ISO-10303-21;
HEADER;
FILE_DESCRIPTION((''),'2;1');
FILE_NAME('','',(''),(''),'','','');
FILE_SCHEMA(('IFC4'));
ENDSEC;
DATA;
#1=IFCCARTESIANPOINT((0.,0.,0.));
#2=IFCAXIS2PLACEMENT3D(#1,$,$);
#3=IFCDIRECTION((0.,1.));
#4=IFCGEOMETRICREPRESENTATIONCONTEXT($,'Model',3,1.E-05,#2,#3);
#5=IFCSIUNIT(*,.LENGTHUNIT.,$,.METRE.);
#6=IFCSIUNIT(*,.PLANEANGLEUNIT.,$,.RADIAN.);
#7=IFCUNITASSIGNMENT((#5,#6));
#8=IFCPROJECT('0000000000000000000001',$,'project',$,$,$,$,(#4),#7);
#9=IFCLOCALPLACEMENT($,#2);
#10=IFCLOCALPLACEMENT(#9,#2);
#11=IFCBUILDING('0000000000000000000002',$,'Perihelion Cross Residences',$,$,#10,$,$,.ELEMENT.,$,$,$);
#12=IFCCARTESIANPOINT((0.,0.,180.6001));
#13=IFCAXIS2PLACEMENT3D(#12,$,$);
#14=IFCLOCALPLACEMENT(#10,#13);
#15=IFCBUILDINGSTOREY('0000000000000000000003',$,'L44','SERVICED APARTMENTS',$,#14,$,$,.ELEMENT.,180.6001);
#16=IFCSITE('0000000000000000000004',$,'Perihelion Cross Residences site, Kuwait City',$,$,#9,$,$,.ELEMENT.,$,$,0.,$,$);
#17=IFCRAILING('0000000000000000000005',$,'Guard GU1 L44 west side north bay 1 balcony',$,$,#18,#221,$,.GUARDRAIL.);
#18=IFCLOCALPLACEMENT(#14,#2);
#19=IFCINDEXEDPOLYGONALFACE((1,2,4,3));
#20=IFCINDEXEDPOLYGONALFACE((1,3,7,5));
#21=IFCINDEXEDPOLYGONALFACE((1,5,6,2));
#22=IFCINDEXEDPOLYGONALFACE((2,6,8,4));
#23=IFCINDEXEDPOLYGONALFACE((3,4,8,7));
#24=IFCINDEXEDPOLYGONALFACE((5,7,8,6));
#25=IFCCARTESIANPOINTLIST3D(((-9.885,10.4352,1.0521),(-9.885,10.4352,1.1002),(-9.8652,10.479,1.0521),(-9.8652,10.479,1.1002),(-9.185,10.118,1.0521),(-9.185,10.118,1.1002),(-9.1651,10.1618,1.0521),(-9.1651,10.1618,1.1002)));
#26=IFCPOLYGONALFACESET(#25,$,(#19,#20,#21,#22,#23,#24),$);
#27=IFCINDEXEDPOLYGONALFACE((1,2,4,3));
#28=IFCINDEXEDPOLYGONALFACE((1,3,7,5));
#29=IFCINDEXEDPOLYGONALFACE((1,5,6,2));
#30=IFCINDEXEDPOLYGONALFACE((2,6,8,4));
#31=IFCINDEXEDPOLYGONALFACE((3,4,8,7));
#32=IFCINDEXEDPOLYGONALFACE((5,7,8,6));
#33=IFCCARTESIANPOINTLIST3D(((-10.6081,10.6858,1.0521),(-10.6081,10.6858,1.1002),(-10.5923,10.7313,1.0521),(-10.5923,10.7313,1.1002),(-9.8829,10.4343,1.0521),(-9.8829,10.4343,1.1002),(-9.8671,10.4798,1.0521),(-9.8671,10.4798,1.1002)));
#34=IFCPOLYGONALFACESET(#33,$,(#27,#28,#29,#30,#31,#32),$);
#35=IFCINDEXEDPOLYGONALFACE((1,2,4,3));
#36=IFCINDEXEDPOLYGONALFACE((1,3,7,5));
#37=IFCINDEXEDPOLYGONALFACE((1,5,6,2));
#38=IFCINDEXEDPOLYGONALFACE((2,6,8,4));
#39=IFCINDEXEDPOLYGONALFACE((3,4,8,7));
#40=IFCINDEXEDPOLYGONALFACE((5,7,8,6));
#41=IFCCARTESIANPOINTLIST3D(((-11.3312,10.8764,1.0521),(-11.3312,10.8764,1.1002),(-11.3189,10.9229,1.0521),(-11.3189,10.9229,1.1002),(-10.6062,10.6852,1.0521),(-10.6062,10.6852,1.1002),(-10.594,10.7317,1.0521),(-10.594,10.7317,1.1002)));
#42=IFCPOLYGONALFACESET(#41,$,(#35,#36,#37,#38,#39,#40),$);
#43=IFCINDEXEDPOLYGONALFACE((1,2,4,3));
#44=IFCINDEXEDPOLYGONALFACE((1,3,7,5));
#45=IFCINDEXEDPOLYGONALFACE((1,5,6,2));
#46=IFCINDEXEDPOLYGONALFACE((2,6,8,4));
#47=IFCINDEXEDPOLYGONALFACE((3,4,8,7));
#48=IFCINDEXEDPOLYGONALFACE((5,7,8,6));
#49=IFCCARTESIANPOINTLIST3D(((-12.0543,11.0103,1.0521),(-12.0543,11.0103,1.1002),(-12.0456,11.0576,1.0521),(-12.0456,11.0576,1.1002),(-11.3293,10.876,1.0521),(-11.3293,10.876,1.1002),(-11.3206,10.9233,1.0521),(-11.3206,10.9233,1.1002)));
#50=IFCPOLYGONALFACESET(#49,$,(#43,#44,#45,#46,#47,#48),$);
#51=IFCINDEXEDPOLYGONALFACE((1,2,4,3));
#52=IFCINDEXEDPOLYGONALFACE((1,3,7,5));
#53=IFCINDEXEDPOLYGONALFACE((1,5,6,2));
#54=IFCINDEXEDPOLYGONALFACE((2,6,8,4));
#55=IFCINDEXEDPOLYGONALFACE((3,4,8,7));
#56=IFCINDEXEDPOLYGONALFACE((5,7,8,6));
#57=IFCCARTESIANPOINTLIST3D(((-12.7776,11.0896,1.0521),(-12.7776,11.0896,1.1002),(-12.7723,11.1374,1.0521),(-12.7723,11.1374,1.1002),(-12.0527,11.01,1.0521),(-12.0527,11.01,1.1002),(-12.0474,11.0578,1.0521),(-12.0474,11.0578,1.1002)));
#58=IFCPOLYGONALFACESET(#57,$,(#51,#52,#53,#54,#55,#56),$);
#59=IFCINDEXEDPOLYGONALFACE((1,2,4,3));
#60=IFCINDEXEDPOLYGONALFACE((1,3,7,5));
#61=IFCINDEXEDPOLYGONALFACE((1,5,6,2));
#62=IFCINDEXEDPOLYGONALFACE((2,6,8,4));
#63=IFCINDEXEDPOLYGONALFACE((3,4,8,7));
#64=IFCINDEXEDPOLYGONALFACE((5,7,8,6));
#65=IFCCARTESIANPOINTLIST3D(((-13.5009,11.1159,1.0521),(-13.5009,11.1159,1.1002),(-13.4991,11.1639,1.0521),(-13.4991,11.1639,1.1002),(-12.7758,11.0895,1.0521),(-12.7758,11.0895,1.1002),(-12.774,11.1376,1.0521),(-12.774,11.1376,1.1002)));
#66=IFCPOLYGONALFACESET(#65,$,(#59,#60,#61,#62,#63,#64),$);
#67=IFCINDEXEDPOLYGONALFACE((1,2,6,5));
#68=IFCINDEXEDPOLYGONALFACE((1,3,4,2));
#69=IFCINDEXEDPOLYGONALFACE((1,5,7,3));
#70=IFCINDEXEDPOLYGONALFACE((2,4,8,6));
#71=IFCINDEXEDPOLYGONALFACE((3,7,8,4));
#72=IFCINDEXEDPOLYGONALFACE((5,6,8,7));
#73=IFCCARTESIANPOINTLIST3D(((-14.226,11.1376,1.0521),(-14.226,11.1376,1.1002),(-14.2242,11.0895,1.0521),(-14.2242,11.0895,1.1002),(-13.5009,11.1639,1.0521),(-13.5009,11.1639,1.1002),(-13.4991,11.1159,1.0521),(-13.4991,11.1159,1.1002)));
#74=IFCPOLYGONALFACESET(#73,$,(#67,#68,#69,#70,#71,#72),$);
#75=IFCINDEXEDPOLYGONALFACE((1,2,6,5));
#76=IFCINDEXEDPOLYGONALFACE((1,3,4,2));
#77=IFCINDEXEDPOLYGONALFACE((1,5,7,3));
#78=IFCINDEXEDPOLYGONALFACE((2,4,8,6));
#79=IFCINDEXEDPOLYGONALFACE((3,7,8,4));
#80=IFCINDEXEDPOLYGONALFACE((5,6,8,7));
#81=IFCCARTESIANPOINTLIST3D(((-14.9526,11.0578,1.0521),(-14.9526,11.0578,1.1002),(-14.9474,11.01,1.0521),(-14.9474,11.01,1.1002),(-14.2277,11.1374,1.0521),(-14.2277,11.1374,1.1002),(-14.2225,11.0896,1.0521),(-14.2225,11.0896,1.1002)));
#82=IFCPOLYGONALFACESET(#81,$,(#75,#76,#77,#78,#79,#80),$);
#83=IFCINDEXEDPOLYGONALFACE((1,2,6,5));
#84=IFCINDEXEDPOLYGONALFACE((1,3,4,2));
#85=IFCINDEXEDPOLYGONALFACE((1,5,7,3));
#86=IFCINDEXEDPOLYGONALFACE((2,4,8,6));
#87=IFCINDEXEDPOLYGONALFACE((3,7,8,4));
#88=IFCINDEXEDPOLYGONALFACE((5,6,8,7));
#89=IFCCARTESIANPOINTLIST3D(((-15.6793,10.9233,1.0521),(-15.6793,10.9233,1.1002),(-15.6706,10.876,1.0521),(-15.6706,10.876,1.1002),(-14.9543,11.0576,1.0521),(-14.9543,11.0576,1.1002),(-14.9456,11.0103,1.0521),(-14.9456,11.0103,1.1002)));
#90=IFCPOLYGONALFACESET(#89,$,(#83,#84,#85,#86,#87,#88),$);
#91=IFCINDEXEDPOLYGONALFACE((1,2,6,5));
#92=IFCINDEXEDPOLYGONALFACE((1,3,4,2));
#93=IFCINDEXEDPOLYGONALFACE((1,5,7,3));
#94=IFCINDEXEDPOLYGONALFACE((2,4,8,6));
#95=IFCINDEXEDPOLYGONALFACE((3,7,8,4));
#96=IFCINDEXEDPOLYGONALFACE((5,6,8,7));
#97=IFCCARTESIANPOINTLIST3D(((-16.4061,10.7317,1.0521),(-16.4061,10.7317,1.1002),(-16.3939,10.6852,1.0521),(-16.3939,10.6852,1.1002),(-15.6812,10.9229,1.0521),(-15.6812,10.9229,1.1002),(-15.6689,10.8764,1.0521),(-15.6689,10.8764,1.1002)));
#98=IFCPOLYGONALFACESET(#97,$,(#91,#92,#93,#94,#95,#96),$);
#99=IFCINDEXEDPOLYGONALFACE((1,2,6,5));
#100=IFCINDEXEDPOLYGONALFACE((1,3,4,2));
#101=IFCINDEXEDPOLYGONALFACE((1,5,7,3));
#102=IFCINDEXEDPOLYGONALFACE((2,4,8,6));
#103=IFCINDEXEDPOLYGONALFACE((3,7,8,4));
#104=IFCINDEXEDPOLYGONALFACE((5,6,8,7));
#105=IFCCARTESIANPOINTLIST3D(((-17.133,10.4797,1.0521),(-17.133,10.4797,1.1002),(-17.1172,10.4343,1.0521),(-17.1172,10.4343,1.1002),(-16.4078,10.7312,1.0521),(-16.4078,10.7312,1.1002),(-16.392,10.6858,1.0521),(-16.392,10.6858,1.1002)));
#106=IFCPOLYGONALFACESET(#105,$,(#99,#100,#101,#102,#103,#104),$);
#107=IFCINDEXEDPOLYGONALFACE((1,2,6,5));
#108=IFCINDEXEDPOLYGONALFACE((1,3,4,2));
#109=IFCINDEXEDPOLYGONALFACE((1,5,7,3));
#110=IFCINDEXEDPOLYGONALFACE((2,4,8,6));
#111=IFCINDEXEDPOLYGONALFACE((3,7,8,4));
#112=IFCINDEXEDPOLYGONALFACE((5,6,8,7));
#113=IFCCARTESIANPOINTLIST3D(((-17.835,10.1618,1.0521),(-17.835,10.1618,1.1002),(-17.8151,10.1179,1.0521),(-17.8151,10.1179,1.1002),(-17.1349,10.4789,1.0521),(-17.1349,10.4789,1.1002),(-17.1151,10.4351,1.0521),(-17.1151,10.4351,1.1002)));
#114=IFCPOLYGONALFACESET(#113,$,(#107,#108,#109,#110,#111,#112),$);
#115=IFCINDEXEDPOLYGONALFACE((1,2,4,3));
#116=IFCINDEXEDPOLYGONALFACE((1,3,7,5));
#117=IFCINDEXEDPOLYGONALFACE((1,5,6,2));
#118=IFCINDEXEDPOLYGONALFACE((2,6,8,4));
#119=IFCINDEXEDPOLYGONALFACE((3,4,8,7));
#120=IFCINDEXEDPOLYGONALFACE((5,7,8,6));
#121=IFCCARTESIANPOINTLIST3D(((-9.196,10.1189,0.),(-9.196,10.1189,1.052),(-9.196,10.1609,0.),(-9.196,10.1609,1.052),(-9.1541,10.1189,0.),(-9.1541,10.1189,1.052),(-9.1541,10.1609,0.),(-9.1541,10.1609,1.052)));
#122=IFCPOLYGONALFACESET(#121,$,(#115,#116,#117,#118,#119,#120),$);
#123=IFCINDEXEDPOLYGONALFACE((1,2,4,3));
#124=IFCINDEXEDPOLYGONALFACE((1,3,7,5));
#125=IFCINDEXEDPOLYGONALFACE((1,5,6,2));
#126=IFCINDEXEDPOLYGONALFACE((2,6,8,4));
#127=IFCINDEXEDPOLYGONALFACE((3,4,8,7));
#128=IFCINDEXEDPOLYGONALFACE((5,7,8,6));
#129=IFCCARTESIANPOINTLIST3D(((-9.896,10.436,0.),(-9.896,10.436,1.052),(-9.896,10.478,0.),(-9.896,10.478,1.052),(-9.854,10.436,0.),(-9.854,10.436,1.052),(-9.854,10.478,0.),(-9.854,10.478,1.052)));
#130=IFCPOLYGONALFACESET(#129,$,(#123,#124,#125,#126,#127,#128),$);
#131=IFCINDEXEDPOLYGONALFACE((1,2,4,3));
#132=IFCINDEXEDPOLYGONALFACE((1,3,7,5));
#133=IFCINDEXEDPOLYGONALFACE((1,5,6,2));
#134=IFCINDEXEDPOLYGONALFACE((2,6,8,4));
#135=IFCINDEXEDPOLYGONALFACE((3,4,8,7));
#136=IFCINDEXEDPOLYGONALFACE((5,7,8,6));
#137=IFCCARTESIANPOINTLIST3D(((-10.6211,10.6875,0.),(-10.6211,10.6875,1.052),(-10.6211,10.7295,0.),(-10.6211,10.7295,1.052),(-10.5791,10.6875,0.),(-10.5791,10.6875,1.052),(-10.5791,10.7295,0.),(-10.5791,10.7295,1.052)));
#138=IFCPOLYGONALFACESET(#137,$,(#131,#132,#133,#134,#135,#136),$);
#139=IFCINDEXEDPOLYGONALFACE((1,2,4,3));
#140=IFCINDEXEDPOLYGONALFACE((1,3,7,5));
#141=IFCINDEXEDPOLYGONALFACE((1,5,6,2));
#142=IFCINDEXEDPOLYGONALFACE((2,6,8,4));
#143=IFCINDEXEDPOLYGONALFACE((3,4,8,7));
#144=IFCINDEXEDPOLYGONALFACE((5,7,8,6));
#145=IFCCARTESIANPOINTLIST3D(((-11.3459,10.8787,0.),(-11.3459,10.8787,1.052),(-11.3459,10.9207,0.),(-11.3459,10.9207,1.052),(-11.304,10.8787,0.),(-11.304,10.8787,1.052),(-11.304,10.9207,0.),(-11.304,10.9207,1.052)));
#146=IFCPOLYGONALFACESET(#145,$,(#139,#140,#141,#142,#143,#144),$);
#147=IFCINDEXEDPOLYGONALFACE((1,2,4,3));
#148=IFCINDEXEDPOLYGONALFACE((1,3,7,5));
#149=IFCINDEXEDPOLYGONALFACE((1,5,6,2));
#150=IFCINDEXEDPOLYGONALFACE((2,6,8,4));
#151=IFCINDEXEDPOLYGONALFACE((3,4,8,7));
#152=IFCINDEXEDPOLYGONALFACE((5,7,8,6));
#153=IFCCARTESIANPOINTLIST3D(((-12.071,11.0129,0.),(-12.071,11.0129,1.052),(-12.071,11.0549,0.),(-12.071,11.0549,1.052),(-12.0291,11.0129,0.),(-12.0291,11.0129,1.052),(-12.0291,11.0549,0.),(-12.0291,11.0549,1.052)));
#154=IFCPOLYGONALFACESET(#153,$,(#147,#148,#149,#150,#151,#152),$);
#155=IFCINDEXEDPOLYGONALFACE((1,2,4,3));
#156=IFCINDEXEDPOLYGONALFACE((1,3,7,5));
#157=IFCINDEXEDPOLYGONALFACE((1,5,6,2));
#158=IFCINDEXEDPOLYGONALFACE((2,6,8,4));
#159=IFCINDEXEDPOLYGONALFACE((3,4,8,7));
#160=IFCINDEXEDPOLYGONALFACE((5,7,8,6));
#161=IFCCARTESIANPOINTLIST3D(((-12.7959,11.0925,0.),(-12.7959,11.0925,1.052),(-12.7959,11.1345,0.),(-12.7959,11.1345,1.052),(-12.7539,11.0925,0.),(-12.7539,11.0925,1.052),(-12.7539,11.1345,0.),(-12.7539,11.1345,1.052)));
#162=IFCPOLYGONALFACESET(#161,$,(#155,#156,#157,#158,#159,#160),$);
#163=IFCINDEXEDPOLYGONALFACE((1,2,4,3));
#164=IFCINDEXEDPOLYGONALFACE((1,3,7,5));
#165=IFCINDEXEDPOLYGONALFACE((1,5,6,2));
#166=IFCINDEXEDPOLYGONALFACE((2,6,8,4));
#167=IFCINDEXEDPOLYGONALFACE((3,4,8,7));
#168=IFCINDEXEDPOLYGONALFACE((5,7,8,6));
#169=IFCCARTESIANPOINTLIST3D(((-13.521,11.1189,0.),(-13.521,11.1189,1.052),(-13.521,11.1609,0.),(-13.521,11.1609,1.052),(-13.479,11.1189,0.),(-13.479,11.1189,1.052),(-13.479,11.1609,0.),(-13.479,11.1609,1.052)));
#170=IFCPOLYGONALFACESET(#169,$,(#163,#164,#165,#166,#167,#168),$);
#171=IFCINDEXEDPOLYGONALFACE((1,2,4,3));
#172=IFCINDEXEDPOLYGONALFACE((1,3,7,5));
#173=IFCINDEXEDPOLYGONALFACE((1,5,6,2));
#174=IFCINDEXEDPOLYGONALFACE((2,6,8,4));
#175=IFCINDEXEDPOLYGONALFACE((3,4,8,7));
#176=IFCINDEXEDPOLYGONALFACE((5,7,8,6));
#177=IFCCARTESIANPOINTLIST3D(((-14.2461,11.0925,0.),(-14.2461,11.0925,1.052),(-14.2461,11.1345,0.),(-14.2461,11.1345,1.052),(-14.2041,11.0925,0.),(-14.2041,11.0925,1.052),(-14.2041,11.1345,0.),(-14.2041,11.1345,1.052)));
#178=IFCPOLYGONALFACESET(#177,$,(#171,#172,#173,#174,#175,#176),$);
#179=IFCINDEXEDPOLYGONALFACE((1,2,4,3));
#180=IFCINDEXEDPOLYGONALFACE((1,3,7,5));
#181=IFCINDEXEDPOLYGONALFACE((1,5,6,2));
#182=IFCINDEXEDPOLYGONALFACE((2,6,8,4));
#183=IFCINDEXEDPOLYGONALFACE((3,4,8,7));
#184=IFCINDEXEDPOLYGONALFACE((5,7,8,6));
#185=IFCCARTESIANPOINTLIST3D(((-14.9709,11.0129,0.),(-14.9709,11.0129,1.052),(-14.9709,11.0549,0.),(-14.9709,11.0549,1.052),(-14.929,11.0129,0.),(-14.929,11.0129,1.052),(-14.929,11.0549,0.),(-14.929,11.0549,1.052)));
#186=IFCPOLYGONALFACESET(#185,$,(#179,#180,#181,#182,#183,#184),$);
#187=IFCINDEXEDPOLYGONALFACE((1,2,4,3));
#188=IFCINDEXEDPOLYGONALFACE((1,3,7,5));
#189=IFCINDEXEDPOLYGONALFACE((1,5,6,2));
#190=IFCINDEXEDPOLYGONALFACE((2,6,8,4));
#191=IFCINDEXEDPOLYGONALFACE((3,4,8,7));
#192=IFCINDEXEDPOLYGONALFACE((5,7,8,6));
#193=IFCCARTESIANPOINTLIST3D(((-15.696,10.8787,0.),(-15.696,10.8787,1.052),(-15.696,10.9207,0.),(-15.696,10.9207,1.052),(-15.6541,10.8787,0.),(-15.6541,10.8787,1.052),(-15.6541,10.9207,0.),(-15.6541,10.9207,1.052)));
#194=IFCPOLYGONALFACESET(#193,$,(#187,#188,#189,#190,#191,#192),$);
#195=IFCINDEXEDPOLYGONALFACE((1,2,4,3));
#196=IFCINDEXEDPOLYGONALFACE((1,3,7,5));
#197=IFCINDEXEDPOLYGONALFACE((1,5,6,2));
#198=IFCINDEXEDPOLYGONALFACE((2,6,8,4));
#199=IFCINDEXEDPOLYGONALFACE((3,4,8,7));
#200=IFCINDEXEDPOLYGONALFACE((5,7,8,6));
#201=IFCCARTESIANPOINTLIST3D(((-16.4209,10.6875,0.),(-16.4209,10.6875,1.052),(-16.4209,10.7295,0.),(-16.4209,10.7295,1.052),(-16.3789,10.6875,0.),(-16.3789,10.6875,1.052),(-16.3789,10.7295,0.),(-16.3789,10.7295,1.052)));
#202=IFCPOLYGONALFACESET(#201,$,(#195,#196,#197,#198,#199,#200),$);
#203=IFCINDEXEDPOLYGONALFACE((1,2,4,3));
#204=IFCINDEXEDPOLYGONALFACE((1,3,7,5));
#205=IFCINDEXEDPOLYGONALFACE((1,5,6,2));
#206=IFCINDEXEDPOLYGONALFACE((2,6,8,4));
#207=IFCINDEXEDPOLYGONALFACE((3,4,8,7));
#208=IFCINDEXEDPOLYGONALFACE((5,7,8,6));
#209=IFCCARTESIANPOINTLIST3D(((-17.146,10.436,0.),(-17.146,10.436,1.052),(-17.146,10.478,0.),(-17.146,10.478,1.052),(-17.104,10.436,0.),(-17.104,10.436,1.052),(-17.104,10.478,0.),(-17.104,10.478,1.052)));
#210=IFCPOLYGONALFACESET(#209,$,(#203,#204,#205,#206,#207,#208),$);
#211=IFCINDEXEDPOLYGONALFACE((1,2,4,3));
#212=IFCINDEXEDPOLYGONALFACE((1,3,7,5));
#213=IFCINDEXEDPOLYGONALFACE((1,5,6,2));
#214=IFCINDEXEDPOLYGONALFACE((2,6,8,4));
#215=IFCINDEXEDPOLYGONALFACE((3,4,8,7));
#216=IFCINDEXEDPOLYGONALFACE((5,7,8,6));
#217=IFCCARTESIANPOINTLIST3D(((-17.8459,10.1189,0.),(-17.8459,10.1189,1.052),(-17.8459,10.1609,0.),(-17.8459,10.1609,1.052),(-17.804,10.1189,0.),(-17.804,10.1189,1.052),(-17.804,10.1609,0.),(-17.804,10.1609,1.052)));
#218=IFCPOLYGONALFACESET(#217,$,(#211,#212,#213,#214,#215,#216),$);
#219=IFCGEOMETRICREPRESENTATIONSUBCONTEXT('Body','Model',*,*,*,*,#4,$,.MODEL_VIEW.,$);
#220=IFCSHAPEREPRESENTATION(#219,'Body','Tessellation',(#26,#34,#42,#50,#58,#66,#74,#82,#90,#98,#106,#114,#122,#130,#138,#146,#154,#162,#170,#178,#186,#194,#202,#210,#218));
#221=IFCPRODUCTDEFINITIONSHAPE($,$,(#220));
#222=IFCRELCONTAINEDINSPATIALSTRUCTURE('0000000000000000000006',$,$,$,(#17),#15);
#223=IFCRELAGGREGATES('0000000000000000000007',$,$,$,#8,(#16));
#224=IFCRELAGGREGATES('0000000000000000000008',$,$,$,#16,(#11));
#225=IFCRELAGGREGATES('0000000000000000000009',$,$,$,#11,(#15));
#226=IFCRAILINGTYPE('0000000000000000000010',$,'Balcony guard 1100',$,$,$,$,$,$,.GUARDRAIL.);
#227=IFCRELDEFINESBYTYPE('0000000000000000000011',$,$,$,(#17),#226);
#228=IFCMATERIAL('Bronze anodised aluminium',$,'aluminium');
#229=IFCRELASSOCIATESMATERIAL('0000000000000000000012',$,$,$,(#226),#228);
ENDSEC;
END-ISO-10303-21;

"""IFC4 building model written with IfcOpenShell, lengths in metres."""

from ifc_helpers import new_model, si_unit, direction, frame, origin, origin_2d, place, context, subcontext, project, spatial, rectangle, extrude, material, type_object, element, save


model = new_model("IFC4")

# Units and contexts
model_context = context("Model", 3, precision=1e-05, world=origin(), true_north=direction((0.0, 1.0)))
body_context = subcontext(model_context, "Body", "Model", "MODEL_VIEW")
ifc_project = project(units=[si_unit("LENGTHUNIT", "METRE"), si_unit("PLANEANGLEUNIT", "RADIAN")], contexts=[model_context])

# Site, building, storey
site_placement = place(None, origin())
site = spatial("IfcSite", under=ifc_project, at=site_placement, Name="Perihelion Cross Residences site, Kuwait City", CompositionType="ELEMENT", RefElevation=0.0)
building_placement = place(site_placement, origin())
building = spatial("IfcBuilding", under=site, at=building_placement, Name="Perihelion Cross Residences", CompositionType="ELEMENT")
storey_placement = place(building_placement, frame((0.0, 0.0, 180.6001)))
storey = spatial("IfcBuildingStorey", under=building, at=storey_placement, Name="L44", Description="SERVICED APARTMENTS", CompositionType="ELEMENT", Elevation=180.6001)

# Railing
ifc_material_1 = material(Name="Bronze anodised aluminium", Category="aluminium")
railing_type = type_object("IfcRailingType", Name="Balcony guard 1100", PredefinedType="GUARDRAIL", material=ifc_material_1)
railing_1_placement = place(storey_placement, frame((-9.175, 10.1399, 0.0)))
element("IfcRailing", 1, at=railing_1_placement, inside=storey, type_object=railing_type, Name="Guard GU1 L44 west side north bay 1 balcony", PredefinedType="GUARDRAIL", context=body_context, shape_type="SweptSolid", body=[
    extrude(rectangle(XDim=0.0481, YDim=0.0481, at=origin_2d()), frame((0.0, 0.0, 1.0762), z_axis=(-0.910866, 0.412702, 0.0), x_axis=(-0.412702, -0.910866, 0.0)), (0.0, 0.0, 1.0), 0.7686),
    extrude(rectangle(XDim=0.0481, YDim=0.0481, at=origin_2d()), frame((-0.7, 0.3171, 1.0762), z_axis=(-0.944797, 0.327657, 0.0), x_axis=(-0.327657, -0.944797, 0.0)), (0.0, 0.0, 1.0), 0.7676),
    extrude(rectangle(XDim=0.0481, YDim=0.0481, at=origin_2d()), frame((-1.425, 0.5686, 1.0762), z_axis=(-0.966939, 0.255006, 0.0), x_axis=(-0.255006, -0.966939, 0.0)), (0.0, 0.0, 1.0), 0.7498),
    extrude(rectangle(XDim=0.0481, YDim=0.0481, at=origin_2d()), frame((-2.1499, 0.7598, 1.0762), z_axis=(-0.983282, 0.182089, 0.0), x_axis=(-0.182089, -0.983282, 0.0)), (0.0, 0.0, 1.0), 0.7373),
    extrude(rectangle(XDim=0.0481, YDim=0.0481, at=origin_2d()), frame((-2.875, 0.894, 1.0762), z_axis=(-0.994026, 0.109145, 0.0), x_axis=(-0.109145, -0.994026, 0.0)), (0.0, 0.0, 1.0), 0.7292),
    extrude(rectangle(XDim=0.0481, YDim=0.0481, at=origin_2d()), frame((-3.5999, 0.9736, 1.0762), z_axis=(-0.999339, 0.03634, 0.0), x_axis=(-0.03634, -0.999339, 0.0)), (0.0, 0.0, 1.0), 0.7256),
    extrude(rectangle(XDim=0.0481, YDim=0.0481, at=origin_2d()), frame((-4.325, 1.0, 1.0762), z_axis=(-0.999339, -0.03634, 0.0), x_axis=(0.03634, -0.999339, 0.0)), (0.0, 0.0, 1.0), 0.7256),
    extrude(rectangle(XDim=0.0481, YDim=0.0481, at=origin_2d()), frame((-5.05, 0.9736, 1.0762), z_axis=(-0.994026, -0.109145, 0.0), x_axis=(0.109145, -0.994026, 0.0)), (0.0, 0.0, 1.0), 0.7292),
    extrude(rectangle(XDim=0.0481, YDim=0.0481, at=origin_2d()), frame((-5.7749, 0.894, 1.0762), z_axis=(-0.983282, -0.182089, 0.0), x_axis=(0.182089, -0.983282, 0.0)), (0.0, 0.0, 1.0), 0.7373),
    extrude(rectangle(XDim=0.0481, YDim=0.0481, at=origin_2d()), frame((-6.5, 0.7598, 1.0762), z_axis=(-0.966939, -0.255006, 0.0), x_axis=(0.255006, -0.966939, 0.0)), (0.0, 0.0, 1.0), 0.7498),
    extrude(rectangle(XDim=0.0481, YDim=0.0481, at=origin_2d()), frame((-7.2249, 0.5686, 1.0762), z_axis=(-0.944797, -0.327657, 0.0), x_axis=(0.327657, -0.944797, 0.0)), (0.0, 0.0, 1.0), 0.7676),
    extrude(rectangle(XDim=0.0481, YDim=0.0481, at=origin_2d()), frame((-7.95, 0.3171, 1.0762), z_axis=(-0.910866, -0.412702, 0.0), x_axis=(0.412702, -0.910866, 0.0)), (0.0, 0.0, 1.0), 0.7686),
    extrude(rectangle(XDim=0.042, YDim=0.042, at=origin_2d()), origin(), (0.0, 0.0, 1.0), 1.052),
    extrude(rectangle(XDim=0.042, YDim=0.042, at=origin_2d()), frame((-0.7, 0.3171, 0.0)), (0.0, 0.0, 1.0), 1.052),
    extrude(rectangle(XDim=0.042, YDim=0.042, at=origin_2d()), frame((-1.425, 0.5686, 0.0)), (0.0, 0.0, 1.0), 1.052),
    extrude(rectangle(XDim=0.042, YDim=0.042, at=origin_2d()), frame((-2.1499, 0.7598, 0.0)), (0.0, 0.0, 1.0), 1.052),
    extrude(rectangle(XDim=0.042, YDim=0.042, at=origin_2d()), frame((-2.875, 0.894, 0.0)), (0.0, 0.0, 1.0), 1.052),
    extrude(rectangle(XDim=0.042, YDim=0.042, at=origin_2d()), frame((-3.5999, 0.9736, 0.0)), (0.0, 0.0, 1.0), 1.052),
    extrude(rectangle(XDim=0.042, YDim=0.042, at=origin_2d()), frame((-4.325, 1.0, 0.0)), (0.0, 0.0, 1.0), 1.052),
    extrude(rectangle(XDim=0.042, YDim=0.042, at=origin_2d()), frame((-5.05, 0.9736, 0.0)), (0.0, 0.0, 1.0), 1.052),
    extrude(rectangle(XDim=0.042, YDim=0.042, at=origin_2d()), frame((-5.7749, 0.894, 0.0)), (0.0, 0.0, 1.0), 1.052),
    extrude(rectangle(XDim=0.042, YDim=0.042, at=origin_2d()), frame((-6.5, 0.7598, 0.0)), (0.0, 0.0, 1.0), 1.052),
    extrude(rectangle(XDim=0.042, YDim=0.042, at=origin_2d()), frame((-7.2249, 0.5686, 0.0)), (0.0, 0.0, 1.0), 1.052),
    extrude(rectangle(XDim=0.042, YDim=0.042, at=origin_2d()), frame((-7.95, 0.3171, 0.0)), (0.0, 0.0, 1.0), 1.052),
    extrude(rectangle(XDim=0.042, YDim=0.042, at=origin_2d()), frame((-8.6499, 0.0, 0.0)), (0.0, 0.0, 1.0), 1.052),
])

save(model, "model.ifc")
